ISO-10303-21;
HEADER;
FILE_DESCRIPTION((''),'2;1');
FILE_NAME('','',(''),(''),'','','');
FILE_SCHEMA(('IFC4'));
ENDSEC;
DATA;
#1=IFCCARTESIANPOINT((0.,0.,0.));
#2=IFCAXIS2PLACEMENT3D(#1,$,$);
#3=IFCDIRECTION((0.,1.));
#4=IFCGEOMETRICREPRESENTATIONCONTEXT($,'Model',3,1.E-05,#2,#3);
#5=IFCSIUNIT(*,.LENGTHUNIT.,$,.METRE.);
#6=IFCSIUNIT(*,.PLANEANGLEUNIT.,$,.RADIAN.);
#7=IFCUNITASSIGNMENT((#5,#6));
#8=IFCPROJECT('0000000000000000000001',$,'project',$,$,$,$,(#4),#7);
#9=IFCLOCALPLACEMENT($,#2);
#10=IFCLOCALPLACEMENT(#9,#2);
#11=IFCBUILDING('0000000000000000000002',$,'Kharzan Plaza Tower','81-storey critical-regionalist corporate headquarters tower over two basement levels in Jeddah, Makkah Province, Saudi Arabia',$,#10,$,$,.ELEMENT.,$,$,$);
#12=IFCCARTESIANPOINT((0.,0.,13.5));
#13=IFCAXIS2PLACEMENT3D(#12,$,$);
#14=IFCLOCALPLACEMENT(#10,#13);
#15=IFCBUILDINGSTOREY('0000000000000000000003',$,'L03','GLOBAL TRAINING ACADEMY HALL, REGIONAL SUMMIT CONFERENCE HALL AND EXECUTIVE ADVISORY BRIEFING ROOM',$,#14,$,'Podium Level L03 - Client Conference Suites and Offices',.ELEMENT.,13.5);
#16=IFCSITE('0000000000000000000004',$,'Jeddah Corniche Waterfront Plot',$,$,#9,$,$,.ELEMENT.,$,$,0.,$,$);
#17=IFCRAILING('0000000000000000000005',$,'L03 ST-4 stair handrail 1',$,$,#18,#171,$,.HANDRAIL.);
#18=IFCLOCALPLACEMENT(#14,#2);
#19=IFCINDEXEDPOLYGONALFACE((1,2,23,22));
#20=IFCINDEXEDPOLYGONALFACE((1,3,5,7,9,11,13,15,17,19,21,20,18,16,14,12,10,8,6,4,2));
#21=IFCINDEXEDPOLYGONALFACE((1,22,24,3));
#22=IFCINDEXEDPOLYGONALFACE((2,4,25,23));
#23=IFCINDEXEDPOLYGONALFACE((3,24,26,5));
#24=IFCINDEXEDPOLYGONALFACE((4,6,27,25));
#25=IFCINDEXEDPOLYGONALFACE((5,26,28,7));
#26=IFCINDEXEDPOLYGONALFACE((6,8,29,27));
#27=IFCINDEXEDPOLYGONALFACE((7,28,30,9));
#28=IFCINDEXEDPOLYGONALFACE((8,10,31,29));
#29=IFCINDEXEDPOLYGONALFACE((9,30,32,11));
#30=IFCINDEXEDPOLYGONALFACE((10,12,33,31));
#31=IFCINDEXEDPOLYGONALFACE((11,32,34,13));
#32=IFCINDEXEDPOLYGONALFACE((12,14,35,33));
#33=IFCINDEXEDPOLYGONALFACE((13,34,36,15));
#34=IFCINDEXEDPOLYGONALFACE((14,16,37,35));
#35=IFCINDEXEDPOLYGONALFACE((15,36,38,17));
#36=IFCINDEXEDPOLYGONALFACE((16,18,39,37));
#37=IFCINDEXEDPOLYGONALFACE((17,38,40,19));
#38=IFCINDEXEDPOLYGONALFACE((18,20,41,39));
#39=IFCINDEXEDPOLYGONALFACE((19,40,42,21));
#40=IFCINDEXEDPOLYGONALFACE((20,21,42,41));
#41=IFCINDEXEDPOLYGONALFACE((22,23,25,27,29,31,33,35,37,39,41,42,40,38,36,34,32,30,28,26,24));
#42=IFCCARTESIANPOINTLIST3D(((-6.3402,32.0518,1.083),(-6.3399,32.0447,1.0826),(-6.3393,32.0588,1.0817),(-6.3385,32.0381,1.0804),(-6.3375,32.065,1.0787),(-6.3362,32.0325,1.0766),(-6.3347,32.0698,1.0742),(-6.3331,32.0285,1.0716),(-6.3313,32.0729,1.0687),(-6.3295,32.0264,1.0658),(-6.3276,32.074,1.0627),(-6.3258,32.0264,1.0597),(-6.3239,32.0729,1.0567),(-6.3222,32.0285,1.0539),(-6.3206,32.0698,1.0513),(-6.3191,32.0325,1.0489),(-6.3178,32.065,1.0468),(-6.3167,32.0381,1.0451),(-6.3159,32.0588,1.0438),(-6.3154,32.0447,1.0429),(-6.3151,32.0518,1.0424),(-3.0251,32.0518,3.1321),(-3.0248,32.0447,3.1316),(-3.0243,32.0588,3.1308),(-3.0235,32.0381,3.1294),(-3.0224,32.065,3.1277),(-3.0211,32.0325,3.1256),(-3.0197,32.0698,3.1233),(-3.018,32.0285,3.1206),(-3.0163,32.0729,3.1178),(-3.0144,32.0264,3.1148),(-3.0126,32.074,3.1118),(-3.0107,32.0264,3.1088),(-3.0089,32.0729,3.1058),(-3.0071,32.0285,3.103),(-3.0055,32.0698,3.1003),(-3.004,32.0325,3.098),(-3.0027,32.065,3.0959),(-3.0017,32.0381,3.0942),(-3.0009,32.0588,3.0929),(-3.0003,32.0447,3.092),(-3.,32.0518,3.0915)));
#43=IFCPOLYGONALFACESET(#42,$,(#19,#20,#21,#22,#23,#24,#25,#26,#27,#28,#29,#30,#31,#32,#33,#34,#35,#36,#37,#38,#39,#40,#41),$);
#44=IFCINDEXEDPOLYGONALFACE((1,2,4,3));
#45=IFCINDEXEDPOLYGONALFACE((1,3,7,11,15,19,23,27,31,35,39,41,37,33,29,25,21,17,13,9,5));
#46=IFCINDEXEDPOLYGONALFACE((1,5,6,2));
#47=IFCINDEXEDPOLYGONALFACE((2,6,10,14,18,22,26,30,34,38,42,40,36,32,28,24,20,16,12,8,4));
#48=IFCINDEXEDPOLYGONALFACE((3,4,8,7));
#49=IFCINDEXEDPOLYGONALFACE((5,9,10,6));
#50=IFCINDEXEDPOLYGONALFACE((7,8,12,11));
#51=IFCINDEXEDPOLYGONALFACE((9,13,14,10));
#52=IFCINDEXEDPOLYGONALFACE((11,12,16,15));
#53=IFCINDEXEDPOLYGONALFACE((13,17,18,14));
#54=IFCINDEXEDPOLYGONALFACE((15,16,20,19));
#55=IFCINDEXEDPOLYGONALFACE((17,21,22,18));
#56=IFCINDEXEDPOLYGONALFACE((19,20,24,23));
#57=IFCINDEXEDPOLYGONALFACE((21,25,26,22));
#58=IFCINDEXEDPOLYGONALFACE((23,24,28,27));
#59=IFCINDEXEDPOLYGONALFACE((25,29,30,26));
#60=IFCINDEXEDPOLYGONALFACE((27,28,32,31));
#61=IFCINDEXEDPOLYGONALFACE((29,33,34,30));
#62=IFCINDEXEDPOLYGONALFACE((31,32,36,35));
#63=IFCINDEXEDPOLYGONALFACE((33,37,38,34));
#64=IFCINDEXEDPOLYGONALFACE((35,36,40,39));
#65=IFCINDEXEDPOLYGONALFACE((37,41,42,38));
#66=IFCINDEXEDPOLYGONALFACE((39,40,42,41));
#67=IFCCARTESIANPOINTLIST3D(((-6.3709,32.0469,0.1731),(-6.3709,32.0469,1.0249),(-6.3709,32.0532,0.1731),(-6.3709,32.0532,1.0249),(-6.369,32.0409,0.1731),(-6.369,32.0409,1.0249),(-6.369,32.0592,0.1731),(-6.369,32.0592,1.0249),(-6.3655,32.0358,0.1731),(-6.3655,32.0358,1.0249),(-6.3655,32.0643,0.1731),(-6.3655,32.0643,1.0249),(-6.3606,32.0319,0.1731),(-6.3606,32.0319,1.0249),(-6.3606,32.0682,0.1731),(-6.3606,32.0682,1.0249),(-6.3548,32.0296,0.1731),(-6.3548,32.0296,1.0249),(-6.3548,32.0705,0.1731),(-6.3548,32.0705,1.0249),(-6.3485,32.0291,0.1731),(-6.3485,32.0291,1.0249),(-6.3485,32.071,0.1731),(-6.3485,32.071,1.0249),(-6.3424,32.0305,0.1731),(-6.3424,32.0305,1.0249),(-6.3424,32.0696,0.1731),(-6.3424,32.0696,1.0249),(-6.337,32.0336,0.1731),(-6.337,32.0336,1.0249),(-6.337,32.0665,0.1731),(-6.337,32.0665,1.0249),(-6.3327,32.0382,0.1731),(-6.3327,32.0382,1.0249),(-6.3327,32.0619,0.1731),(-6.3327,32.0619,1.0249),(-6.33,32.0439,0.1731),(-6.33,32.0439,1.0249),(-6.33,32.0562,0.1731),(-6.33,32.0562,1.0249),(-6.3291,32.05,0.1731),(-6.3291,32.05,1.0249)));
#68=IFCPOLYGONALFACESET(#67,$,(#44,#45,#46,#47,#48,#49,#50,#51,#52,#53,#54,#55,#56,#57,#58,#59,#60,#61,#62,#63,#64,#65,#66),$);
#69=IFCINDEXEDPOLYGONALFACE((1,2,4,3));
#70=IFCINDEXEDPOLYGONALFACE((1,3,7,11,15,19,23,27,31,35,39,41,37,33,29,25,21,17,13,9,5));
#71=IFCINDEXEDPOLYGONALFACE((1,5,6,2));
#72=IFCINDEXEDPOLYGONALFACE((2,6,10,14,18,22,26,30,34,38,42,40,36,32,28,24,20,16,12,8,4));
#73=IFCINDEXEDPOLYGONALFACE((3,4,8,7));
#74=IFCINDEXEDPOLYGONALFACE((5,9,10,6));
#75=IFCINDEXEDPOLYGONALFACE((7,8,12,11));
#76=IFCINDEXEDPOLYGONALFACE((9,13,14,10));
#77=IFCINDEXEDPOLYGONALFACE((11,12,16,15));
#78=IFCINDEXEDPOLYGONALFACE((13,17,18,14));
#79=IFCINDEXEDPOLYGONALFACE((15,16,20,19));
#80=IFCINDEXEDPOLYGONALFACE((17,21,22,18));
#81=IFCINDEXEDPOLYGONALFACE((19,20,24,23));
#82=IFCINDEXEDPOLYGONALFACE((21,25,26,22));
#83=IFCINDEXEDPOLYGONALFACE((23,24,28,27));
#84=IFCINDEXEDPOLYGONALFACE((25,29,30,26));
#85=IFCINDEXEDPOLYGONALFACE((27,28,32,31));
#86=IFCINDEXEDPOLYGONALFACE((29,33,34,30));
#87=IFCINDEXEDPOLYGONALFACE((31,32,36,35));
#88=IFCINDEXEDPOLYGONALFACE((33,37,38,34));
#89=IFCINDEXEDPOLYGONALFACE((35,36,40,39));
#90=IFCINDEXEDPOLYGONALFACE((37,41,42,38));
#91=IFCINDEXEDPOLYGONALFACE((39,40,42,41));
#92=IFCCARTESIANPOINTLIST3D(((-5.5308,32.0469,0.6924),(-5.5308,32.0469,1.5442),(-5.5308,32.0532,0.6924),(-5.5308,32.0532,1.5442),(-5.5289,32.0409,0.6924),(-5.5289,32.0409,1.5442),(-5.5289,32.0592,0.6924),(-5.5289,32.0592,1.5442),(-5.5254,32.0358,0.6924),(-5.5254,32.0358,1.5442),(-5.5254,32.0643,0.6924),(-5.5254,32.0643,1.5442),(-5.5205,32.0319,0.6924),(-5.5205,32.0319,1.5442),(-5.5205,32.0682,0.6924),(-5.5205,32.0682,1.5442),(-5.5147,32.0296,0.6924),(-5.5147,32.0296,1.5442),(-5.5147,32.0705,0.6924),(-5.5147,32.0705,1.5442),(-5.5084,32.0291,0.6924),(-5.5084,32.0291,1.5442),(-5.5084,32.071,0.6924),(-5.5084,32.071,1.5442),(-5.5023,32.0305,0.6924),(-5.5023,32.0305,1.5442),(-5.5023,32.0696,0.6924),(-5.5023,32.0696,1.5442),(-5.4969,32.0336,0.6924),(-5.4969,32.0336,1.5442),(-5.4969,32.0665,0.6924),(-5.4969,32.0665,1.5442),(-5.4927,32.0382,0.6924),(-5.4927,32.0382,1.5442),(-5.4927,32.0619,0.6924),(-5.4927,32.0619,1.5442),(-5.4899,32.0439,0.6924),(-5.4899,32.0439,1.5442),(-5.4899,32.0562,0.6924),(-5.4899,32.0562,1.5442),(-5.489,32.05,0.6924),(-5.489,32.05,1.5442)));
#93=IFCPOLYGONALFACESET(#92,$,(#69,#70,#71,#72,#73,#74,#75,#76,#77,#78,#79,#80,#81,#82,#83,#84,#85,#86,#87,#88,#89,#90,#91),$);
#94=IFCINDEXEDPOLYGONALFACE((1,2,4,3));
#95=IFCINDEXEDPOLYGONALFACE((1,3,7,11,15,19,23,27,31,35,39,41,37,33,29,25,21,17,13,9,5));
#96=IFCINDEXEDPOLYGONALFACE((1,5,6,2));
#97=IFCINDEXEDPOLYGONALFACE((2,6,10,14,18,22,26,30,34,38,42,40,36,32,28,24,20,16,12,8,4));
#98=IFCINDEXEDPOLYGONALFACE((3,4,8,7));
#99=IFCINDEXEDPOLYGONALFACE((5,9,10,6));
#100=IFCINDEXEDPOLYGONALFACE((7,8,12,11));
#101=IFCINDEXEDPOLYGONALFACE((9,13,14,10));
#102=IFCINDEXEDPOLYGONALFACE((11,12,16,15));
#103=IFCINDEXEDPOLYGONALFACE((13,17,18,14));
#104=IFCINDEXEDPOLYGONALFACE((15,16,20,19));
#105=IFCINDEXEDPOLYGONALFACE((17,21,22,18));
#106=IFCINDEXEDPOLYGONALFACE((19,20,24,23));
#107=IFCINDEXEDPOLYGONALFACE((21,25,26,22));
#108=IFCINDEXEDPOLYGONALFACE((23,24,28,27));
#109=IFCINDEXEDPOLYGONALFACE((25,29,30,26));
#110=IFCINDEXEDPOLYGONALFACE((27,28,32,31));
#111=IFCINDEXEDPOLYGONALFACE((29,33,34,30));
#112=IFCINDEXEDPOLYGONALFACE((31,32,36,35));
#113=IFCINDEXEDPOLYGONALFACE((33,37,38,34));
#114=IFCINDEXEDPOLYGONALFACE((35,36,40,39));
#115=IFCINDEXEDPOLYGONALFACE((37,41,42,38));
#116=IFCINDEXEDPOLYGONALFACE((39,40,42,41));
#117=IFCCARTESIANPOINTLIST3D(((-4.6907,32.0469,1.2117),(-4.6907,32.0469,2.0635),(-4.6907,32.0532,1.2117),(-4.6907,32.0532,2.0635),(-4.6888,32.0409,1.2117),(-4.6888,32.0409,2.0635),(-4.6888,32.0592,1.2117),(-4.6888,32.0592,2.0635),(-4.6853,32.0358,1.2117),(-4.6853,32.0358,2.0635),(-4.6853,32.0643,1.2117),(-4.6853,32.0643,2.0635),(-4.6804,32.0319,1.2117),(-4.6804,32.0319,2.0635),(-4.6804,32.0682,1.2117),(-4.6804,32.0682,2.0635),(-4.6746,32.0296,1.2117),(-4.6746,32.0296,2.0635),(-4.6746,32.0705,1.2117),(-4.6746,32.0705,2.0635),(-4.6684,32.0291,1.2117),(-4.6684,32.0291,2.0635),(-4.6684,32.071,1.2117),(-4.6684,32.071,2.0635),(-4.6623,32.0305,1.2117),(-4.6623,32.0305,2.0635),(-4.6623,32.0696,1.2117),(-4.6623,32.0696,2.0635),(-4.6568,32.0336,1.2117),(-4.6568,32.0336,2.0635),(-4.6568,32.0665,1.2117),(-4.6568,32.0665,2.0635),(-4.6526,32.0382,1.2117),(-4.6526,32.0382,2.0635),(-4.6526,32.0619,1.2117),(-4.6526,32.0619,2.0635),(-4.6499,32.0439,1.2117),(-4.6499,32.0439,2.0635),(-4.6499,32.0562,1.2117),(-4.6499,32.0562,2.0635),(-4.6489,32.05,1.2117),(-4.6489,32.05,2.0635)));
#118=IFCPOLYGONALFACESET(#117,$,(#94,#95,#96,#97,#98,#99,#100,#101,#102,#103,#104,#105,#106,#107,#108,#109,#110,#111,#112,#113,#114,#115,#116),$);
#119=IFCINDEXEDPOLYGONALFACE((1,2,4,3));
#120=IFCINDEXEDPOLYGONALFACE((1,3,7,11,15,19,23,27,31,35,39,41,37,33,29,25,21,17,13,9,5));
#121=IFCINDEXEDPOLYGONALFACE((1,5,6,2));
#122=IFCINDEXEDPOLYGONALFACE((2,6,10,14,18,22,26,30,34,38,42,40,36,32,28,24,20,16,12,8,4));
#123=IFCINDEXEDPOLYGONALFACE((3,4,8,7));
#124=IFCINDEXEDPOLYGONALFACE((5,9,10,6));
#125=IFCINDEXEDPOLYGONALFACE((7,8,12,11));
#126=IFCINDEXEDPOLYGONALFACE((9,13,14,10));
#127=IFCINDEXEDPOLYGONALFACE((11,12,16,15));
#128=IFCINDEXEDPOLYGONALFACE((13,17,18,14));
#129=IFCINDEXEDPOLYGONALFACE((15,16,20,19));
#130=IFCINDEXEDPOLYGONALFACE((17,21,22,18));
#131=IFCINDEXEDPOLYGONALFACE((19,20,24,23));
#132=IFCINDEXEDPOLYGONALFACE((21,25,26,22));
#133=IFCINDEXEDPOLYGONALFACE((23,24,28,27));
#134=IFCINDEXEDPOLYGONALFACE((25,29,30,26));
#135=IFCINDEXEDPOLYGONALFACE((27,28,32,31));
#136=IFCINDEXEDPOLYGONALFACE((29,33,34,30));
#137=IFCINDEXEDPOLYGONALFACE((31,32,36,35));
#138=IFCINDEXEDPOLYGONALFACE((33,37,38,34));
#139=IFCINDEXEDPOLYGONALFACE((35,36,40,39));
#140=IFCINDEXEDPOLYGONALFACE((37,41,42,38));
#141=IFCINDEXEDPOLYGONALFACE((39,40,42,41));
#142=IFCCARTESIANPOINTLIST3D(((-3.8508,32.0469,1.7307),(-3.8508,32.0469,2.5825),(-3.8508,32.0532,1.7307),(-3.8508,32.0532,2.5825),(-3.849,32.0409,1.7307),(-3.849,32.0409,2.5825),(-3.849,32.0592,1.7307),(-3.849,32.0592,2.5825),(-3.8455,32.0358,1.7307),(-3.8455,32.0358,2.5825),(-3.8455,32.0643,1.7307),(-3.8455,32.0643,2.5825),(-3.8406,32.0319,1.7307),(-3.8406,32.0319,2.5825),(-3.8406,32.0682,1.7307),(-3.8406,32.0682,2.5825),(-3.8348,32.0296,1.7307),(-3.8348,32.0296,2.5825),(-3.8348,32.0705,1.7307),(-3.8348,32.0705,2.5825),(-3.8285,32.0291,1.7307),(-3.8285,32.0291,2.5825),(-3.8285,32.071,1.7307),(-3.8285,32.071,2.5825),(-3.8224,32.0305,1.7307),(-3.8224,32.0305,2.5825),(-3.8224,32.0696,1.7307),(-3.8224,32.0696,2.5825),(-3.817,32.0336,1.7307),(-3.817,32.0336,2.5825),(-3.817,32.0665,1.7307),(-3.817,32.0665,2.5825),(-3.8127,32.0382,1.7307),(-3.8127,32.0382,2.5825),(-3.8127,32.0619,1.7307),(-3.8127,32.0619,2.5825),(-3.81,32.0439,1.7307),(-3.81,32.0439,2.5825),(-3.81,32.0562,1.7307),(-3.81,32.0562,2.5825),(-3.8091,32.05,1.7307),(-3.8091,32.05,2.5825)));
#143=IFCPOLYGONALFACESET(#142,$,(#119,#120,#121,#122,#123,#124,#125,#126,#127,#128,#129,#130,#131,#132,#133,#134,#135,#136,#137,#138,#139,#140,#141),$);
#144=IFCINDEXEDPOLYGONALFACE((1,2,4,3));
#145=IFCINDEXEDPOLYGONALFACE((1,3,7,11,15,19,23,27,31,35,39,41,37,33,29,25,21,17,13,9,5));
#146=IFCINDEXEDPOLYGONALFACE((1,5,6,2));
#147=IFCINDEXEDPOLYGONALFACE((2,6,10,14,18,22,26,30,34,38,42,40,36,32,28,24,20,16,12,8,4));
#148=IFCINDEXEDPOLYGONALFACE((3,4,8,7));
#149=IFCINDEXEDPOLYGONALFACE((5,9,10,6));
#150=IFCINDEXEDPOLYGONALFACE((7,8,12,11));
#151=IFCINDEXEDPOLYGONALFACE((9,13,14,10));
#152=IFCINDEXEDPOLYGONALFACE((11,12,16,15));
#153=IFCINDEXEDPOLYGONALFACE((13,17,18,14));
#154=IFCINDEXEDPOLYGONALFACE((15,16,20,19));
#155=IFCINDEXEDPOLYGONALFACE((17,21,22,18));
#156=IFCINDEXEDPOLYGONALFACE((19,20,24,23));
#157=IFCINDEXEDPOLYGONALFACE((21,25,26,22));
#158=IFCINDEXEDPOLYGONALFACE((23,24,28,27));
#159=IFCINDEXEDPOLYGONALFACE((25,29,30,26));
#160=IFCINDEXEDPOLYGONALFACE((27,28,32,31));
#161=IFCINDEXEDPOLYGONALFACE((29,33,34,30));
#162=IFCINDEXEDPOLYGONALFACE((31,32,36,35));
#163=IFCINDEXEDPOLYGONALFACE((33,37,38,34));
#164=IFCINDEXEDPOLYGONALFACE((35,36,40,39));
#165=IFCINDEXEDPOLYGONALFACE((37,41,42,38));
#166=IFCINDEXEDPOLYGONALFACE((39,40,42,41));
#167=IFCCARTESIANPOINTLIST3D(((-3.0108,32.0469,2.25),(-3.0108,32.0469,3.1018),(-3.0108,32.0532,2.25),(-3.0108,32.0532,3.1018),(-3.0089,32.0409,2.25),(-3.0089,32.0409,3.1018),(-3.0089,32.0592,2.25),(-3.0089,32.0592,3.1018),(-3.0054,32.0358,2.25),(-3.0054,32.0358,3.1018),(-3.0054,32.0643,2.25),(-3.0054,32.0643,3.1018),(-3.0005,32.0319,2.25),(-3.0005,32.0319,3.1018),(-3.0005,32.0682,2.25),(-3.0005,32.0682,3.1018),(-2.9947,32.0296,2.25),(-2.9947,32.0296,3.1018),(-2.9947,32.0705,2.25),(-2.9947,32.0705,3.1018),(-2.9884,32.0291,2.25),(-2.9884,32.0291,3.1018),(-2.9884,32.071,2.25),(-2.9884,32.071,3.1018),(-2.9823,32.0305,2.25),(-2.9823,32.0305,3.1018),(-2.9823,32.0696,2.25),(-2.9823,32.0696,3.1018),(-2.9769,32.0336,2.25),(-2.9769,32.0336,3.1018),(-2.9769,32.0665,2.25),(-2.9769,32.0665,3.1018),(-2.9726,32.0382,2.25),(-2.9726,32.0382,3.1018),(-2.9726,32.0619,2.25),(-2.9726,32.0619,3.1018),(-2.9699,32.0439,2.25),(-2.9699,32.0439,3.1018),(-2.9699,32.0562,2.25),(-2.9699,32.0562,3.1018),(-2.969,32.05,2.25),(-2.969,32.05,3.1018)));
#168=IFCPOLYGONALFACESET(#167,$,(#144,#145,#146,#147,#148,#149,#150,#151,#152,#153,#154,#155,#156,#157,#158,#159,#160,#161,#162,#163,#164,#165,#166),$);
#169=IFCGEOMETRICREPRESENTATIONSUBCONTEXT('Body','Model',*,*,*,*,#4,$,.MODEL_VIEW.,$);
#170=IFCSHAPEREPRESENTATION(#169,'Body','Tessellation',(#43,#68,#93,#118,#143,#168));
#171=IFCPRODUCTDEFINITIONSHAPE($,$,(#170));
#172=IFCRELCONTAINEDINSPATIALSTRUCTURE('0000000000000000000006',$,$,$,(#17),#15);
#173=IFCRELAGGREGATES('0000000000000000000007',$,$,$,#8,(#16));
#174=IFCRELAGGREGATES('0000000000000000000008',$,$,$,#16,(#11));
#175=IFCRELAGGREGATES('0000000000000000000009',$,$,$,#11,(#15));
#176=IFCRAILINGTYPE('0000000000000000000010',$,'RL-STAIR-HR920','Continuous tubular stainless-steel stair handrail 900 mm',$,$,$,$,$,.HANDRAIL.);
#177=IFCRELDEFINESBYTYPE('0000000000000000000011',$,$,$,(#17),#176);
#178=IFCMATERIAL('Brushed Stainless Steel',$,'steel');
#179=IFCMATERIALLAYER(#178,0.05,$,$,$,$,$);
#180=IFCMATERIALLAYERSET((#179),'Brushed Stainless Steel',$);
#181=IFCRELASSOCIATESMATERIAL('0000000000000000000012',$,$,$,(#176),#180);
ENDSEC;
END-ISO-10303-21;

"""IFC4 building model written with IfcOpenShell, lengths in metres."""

from ifc_helpers import new_model, si_unit, direction, frame, origin, origin_2d, place, context, subcontext, project, spatial, circle, extrude, source, transform, mapped, material, layer, layer_set, type_object, element, save


model = new_model("IFC4")

# Units and contexts
model_context = context("Model", 3, precision=1e-05, world=origin(), true_north=direction((0.0, 1.0)))
body_context = subcontext(model_context, "Body", "Model", "MODEL_VIEW")
ifc_project = project(units=[si_unit("LENGTHUNIT", "METRE"), si_unit("PLANEANGLEUNIT", "RADIAN")], contexts=[model_context])

# Site, building, storey
site_placement = place(None, origin())
site = spatial("IfcSite", under=ifc_project, at=site_placement, Name="Jeddah Corniche Waterfront Plot", CompositionType="ELEMENT", RefElevation=0.0)
building_placement = place(site_placement, origin())
building = spatial("IfcBuilding", under=site, at=building_placement, Name="Kharzan Plaza Tower", Description="81-storey critical-regionalist corporate headquarters tower over two basement levels in Jeddah, Makkah Province, Saudi Arabia", CompositionType="ELEMENT")
storey_placement = place(building_placement, frame((0.0, 0.0, 13.5)))
storey = spatial("IfcBuildingStorey", under=building, at=storey_placement, Name="L03", Description="GLOBAL TRAINING ACADEMY HALL, REGIONAL SUMMIT CONFERENCE HALL AND EXECUTIVE ADVISORY BRIEFING ROOM", LongName="Podium Level L03 - Client Conference Suites and Offices", CompositionType="ELEMENT", Elevation=13.5)

# Railing
ifc_material_1 = material(Name="Brushed Stainless Steel", Category="steel")
ifc_layer_1 = layer(ifc_material_1, 0.05)
ifc_layer_set_1 = layer_set([ifc_layer_1], Name="Brushed Stainless Steel")
railing_type_1 = type_object("IfcRailingType", Name="RL-STAIR-HR920", Description="Continuous tubular stainless-steel stair handrail 900 mm", PredefinedType="HANDRAIL", material=ifc_layer_set_1)
shared_shape_1 = source(origin(), body_context, "Body", "SweptSolid", [
    extrude(circle(Radius=0.0239, at=origin_2d()), frame((0.0225, 0.0, 0.8896), z_axis=(0.850623, 0.0, 0.525776), x_axis=(0.0, 1.0, 0.0)), (0.0, 0.0, 1.0), 3.8972),
    extrude(circle(Radius=0.021, at=origin_2d()), origin(), (0.0, 0.0, 1.0), 0.8518),
    extrude(circle(Radius=0.021, at=origin_2d()), frame((0.8401, 0.0, 0.5193)), (0.0, 0.0, 1.0), 0.8518),
    extrude(circle(Radius=0.021, at=origin_2d()), frame((1.6802, 0.0, 1.0386)), (0.0, 0.0, 1.0), 0.8518),
    extrude(circle(Radius=0.021, at=origin_2d()), frame((2.52, 0.0, 1.5576)), (0.0, 0.0, 1.0), 0.8518),
    extrude(circle(Radius=0.021, at=origin_2d()), frame((3.3601, 0.0, 2.0769)), (0.0, 0.0, 1.0), 0.8518),
])
railing_1_placement = place(storey_placement, frame((-6.3501, 32.05, 0.1731)))
element("IfcRailing", 1, at=railing_1_placement, inside=storey, type_object=railing_type_1, Name="L03 ST-4 stair handrail 1", PredefinedType="HANDRAIL", context=body_context, shape_type="MappedRepresentation", body=[
    mapped(shared_shape_1, transform((0.0, 0.0, 0.0), x_axis=(1.0, 0.0, 0.0), y_axis=(0.0, 1.0, 0.0), z_axis=(0.0, 0.0, 1.0))),
])

save(model, "model.ifc")
